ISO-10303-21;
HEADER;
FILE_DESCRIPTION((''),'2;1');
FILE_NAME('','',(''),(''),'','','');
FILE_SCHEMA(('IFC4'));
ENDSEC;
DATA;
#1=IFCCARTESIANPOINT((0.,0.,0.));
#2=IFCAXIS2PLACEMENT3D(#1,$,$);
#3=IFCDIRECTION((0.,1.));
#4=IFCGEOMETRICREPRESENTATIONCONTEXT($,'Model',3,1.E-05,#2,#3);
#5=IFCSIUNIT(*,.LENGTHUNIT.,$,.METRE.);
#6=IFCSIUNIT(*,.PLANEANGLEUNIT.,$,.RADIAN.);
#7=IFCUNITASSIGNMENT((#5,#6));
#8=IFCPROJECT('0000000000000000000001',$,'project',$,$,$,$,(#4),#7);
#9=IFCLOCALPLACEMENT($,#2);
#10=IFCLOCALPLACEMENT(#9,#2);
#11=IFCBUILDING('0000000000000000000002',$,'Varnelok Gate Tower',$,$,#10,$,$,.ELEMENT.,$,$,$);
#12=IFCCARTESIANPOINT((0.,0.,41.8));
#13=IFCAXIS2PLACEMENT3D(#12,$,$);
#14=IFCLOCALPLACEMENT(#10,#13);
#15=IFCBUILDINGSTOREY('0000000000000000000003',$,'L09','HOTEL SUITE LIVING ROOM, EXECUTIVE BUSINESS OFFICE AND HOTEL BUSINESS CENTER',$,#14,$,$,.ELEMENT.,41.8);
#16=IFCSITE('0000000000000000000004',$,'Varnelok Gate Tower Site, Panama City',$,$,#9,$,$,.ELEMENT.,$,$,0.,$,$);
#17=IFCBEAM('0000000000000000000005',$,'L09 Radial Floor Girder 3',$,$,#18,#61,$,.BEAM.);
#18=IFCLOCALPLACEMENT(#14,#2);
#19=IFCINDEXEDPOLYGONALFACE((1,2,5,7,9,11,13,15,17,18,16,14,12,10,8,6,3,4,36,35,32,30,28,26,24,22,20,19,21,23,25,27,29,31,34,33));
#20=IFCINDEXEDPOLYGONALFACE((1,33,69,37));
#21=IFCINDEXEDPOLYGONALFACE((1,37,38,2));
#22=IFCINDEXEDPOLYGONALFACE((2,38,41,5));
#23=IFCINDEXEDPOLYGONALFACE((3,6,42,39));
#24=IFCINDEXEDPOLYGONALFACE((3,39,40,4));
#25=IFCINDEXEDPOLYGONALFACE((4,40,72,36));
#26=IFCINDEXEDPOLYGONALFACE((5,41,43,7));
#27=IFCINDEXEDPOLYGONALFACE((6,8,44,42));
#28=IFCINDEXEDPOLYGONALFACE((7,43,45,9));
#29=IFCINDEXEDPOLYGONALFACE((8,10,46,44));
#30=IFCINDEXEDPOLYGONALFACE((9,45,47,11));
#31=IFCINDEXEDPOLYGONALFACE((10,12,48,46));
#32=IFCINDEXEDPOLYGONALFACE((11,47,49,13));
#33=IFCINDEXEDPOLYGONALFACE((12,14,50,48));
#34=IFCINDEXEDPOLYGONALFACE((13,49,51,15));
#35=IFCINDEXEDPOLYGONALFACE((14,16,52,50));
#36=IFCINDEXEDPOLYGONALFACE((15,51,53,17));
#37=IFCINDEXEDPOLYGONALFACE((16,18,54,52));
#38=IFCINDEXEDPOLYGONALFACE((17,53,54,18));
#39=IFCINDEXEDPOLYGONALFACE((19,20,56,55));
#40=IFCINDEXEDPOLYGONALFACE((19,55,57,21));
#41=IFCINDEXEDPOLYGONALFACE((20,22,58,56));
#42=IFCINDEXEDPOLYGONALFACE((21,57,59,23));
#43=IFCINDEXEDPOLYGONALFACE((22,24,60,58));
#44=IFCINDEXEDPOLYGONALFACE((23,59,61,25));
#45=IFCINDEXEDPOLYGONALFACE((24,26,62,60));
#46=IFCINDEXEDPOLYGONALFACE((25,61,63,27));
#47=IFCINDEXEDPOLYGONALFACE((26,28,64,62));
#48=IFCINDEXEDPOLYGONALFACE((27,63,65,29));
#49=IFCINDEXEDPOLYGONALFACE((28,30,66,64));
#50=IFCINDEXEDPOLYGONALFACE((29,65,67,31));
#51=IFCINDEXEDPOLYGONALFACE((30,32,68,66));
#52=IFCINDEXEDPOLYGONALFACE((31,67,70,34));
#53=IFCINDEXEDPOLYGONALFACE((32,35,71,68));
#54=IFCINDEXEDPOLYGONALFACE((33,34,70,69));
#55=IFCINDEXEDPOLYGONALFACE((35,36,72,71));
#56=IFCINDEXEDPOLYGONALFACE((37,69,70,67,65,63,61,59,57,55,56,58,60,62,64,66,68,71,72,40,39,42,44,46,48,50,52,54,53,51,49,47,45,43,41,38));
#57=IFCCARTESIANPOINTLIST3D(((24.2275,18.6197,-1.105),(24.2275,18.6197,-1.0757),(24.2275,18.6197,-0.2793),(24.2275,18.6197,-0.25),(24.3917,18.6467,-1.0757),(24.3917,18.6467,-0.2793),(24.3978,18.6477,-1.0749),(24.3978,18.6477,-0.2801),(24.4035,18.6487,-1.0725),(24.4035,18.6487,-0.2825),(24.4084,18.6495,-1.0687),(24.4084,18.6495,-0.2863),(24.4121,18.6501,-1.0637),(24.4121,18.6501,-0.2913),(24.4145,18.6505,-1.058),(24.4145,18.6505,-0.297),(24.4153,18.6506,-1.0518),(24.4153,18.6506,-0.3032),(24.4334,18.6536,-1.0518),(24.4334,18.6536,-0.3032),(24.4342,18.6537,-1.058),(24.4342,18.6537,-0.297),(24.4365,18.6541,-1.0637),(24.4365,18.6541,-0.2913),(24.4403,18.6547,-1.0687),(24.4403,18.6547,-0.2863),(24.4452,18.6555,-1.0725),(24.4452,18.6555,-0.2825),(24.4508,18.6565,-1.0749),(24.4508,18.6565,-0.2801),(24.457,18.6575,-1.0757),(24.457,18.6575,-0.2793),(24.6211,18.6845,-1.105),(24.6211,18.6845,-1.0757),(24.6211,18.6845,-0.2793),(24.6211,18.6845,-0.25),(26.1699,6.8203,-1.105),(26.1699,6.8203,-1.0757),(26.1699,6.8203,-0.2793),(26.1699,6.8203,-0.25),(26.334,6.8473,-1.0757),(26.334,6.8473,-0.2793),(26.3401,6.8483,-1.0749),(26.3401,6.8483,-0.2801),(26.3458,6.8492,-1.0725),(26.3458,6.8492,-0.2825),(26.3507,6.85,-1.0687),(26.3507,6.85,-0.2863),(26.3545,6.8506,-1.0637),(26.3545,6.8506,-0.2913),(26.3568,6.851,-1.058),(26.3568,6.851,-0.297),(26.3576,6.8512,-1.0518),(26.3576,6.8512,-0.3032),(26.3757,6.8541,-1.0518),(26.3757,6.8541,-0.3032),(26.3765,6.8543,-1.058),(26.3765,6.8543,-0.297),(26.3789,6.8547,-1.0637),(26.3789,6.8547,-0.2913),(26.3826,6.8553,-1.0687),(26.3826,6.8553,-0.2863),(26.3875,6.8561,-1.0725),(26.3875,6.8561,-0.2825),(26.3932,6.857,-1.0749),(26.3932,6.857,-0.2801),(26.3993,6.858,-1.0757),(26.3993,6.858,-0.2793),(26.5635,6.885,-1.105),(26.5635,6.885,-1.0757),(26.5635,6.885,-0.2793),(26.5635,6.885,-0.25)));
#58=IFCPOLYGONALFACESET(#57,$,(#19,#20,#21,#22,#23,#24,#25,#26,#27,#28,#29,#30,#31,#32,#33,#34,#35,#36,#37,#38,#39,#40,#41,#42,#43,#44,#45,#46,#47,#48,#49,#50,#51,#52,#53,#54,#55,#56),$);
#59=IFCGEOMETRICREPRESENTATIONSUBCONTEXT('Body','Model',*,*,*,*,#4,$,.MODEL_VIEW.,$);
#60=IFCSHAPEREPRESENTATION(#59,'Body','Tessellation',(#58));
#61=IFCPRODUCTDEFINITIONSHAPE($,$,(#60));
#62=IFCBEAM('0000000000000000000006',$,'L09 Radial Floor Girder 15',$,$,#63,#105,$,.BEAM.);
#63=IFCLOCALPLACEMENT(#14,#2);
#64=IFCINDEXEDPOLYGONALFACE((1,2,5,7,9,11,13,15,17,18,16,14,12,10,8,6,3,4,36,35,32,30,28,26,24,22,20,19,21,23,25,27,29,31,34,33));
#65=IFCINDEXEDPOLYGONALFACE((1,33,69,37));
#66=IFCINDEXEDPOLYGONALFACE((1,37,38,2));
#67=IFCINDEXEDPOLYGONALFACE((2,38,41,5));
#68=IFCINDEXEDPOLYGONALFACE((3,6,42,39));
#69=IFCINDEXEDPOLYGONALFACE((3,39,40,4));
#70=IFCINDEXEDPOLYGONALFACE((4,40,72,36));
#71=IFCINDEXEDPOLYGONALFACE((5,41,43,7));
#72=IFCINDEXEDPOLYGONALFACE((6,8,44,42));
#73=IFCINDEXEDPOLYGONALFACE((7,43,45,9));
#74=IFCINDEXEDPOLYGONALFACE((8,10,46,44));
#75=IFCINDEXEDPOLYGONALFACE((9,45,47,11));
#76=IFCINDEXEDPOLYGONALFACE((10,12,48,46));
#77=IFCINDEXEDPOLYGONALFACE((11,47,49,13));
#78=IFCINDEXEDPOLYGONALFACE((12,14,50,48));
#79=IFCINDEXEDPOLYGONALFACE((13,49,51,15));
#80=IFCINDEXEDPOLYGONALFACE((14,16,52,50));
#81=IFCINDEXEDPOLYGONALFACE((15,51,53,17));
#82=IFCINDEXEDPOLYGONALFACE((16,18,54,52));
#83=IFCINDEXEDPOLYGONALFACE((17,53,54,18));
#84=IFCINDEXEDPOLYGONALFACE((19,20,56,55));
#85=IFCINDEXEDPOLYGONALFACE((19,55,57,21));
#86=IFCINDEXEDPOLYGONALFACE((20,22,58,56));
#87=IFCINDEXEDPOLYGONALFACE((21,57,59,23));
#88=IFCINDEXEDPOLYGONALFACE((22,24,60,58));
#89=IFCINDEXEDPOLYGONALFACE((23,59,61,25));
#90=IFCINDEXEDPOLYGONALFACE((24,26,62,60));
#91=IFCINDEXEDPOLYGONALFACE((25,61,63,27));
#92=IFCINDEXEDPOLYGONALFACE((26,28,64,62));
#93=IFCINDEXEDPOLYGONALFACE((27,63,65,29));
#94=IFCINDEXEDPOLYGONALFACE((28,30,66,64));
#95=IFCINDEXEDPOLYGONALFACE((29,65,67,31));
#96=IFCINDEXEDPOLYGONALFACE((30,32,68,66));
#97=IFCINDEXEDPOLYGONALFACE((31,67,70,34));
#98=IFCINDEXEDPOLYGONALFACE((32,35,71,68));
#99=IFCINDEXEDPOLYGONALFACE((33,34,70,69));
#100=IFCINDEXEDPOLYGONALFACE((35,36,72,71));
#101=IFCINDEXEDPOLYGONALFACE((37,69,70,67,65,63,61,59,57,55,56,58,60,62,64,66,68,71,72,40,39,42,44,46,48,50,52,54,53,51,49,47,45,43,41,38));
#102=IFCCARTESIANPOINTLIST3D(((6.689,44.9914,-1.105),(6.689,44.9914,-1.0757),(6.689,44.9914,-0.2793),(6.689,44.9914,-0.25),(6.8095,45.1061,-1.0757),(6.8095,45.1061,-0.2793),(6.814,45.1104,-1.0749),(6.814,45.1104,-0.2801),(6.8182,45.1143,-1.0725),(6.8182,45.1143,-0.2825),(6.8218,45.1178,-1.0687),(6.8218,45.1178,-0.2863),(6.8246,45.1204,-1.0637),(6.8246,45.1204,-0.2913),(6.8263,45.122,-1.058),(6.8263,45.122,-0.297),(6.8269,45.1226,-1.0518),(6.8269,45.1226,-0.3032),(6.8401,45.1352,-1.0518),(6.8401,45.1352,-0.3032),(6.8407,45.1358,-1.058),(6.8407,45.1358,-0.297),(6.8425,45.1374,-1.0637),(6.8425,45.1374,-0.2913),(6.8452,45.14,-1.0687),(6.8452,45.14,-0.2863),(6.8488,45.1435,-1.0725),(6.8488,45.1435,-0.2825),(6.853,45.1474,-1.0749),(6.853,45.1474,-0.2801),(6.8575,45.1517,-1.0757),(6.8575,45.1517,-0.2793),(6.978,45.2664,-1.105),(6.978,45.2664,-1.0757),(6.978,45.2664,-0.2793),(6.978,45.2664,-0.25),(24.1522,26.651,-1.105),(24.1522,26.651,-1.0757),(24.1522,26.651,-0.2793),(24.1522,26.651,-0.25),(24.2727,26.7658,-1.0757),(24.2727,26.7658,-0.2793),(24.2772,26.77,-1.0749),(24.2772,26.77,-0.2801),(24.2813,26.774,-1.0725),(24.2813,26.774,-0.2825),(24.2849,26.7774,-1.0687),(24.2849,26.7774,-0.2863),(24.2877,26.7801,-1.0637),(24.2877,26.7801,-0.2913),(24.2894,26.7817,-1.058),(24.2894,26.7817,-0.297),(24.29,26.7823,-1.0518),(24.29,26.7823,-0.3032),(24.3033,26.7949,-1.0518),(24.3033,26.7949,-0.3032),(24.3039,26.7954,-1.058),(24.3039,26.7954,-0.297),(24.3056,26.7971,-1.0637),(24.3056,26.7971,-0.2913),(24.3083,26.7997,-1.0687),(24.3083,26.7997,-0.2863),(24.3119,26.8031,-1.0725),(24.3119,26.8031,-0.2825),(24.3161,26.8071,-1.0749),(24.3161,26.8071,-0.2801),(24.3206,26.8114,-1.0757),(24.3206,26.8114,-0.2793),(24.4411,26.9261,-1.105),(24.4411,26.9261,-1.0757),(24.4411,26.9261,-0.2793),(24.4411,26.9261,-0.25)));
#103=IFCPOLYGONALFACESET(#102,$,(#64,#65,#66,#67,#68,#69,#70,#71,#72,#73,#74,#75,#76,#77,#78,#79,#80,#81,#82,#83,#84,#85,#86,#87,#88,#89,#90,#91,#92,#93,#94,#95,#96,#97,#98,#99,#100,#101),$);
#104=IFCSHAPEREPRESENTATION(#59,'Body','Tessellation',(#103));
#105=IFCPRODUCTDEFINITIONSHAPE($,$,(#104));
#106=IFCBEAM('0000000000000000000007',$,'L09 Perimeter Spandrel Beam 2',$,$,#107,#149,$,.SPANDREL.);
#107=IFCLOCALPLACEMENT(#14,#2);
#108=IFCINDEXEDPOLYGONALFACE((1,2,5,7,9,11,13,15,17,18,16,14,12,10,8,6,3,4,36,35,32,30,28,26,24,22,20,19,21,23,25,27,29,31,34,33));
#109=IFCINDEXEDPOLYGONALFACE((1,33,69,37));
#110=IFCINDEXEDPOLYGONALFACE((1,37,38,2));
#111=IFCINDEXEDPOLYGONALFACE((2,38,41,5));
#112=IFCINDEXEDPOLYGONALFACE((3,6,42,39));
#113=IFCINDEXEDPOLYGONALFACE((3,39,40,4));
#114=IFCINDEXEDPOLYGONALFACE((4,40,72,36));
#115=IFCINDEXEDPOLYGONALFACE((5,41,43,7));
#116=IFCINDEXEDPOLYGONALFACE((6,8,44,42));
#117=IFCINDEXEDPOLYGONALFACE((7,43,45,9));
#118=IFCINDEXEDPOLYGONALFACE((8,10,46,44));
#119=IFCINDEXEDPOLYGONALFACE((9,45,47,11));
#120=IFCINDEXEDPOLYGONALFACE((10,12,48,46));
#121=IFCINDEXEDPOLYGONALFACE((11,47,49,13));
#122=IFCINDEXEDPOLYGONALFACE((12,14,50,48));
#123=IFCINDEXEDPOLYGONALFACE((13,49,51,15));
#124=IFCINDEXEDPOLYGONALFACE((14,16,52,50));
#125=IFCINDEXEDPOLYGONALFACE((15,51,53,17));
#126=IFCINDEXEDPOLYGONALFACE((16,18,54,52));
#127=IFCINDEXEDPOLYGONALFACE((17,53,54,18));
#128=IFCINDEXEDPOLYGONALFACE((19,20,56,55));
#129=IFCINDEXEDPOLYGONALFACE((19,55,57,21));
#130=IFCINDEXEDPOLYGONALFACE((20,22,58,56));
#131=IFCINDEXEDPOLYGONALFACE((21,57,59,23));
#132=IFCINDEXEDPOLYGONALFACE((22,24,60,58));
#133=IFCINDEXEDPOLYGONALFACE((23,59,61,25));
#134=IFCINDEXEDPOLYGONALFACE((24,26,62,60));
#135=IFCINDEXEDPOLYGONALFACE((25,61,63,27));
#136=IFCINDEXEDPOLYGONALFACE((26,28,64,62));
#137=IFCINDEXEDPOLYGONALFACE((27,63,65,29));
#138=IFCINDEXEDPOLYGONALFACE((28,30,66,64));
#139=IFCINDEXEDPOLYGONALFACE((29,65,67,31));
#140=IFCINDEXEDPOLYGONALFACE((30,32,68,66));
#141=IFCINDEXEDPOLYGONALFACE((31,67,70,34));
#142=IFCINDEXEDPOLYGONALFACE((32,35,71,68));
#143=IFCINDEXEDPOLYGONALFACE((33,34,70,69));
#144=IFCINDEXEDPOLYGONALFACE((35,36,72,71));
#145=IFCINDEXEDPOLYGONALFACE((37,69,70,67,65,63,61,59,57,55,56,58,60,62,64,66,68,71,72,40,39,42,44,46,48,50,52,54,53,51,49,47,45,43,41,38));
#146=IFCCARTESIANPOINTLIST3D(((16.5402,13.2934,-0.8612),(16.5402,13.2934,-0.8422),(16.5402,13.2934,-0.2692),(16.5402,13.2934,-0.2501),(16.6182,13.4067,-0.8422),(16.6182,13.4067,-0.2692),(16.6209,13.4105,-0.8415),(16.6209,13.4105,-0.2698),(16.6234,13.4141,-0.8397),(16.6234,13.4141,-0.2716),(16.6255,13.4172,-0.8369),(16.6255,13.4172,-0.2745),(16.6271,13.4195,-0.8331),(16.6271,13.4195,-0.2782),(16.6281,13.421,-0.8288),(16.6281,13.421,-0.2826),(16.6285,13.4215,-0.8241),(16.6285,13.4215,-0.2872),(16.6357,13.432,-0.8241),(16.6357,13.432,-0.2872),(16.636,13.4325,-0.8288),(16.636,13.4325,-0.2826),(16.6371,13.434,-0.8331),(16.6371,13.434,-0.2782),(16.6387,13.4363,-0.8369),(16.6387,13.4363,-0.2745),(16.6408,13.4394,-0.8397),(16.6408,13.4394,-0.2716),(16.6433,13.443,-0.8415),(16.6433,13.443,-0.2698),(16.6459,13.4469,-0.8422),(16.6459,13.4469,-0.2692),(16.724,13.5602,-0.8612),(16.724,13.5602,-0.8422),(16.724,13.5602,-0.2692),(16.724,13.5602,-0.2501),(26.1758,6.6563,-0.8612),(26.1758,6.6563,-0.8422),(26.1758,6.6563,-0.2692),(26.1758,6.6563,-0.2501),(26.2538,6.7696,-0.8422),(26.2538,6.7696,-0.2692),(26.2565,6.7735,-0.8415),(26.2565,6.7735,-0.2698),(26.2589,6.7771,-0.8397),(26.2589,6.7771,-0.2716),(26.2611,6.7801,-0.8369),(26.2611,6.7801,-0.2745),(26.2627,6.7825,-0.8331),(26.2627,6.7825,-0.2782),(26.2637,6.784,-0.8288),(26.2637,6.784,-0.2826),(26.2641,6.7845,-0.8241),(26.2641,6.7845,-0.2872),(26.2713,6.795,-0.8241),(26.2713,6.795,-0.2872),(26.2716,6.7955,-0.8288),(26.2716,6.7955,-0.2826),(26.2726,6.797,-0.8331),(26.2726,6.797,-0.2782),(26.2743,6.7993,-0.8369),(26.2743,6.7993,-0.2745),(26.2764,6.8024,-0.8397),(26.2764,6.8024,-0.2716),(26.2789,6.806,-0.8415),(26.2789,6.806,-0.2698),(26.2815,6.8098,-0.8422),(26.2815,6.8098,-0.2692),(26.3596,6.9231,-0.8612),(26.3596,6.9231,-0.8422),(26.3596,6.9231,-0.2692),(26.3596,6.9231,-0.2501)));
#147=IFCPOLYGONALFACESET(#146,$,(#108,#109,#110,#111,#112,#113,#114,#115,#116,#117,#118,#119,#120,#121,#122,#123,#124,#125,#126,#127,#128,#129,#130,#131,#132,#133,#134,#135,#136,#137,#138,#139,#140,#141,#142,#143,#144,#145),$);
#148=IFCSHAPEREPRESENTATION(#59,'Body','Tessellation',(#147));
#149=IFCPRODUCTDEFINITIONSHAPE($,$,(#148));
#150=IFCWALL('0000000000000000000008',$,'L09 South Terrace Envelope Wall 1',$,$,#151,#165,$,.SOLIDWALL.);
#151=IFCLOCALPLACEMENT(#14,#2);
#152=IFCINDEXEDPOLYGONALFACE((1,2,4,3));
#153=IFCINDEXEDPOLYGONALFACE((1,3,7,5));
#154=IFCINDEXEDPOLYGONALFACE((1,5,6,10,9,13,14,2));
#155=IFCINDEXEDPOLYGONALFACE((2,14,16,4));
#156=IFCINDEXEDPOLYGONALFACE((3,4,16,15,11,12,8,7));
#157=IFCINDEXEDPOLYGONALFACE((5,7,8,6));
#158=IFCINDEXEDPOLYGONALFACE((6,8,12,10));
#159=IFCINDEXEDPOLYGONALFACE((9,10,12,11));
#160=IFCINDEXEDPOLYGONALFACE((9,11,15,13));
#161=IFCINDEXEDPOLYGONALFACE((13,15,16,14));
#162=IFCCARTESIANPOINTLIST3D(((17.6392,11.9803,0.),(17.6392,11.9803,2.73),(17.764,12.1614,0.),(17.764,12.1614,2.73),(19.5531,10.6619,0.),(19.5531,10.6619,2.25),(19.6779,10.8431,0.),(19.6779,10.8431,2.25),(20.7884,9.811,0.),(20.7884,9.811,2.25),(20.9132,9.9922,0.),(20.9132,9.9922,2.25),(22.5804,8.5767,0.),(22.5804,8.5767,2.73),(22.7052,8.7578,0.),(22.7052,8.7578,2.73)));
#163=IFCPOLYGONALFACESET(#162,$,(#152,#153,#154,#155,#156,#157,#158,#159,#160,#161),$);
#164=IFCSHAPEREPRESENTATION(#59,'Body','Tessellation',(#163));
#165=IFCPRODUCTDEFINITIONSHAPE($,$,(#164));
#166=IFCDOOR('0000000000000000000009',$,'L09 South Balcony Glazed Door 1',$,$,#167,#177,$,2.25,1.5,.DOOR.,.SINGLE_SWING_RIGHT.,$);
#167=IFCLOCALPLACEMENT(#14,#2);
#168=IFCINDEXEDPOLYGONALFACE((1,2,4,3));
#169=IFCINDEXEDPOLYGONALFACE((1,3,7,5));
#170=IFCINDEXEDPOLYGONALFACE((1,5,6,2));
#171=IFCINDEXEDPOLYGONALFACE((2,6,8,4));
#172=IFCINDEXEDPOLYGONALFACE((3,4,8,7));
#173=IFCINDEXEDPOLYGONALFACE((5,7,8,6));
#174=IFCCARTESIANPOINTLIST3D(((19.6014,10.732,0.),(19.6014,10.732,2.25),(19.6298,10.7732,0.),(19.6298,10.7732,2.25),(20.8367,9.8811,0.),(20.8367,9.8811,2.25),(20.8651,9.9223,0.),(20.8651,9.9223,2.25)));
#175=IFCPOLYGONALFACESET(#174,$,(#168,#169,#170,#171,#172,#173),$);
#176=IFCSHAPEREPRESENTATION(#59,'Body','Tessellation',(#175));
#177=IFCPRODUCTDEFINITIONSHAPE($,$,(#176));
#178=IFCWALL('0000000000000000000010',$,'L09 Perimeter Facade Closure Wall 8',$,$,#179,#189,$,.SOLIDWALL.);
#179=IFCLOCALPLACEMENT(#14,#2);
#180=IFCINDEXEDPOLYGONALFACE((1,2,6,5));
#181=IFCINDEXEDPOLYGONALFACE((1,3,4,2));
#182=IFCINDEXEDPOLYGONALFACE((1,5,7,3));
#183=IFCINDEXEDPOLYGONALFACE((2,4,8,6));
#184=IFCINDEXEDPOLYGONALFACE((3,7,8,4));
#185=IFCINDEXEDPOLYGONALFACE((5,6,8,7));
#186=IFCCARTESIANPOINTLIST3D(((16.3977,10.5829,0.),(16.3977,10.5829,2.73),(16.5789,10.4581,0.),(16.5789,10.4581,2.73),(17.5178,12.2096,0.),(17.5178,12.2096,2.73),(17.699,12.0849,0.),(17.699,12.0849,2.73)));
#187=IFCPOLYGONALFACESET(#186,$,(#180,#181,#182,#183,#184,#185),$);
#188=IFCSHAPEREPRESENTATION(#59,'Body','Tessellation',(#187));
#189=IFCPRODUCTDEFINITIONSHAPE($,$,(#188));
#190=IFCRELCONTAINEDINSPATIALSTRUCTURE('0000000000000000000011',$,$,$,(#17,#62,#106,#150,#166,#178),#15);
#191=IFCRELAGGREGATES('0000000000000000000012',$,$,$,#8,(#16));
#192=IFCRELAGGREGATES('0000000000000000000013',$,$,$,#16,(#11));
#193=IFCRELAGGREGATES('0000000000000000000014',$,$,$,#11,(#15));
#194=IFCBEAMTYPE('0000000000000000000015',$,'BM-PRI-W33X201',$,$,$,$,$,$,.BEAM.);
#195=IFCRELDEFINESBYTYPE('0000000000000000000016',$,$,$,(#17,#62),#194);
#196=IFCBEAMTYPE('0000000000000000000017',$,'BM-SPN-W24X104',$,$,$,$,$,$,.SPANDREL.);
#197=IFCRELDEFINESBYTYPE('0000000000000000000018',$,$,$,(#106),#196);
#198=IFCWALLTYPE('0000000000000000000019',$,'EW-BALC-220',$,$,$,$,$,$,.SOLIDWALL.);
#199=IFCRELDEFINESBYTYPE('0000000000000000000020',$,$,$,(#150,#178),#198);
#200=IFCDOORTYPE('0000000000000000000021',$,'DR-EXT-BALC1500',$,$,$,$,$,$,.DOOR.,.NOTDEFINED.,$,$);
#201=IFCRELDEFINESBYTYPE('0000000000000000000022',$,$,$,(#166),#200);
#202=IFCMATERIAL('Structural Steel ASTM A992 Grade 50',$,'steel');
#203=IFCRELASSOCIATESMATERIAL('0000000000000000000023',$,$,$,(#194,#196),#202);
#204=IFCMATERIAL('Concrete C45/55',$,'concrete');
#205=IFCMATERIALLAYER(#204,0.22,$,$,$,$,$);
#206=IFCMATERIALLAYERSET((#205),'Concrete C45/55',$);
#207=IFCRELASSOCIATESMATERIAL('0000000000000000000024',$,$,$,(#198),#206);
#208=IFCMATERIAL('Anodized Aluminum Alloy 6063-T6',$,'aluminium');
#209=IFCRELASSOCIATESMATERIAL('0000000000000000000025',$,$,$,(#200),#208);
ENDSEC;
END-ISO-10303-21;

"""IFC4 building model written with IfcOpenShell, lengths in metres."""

from ifc_helpers import new_model, si_unit, direction, frame, frame_2d, origin, origin_2d, place, context, subcontext, project, spatial, rectangle, i_section, extrude, material, layer, layer_set, material_profile, profile_set, type_object, element, fill, save


model = new_model("IFC4")

# Units and contexts
model_context = context("Model", 3, precision=1e-05, world=origin(), true_north=direction((0.0, 1.0)))
body_context = subcontext(model_context, "Body", "Model", "MODEL_VIEW")
ifc_project = project(units=[si_unit("LENGTHUNIT", "METRE"), si_unit("PLANEANGLEUNIT", "RADIAN")], contexts=[model_context])

# Site, building, storey
site_placement = place(None, origin())
site = spatial("IfcSite", under=ifc_project, at=site_placement, Name="Varnelok Gate Tower Site, Panama City", CompositionType="ELEMENT", RefElevation=0.0)
building_placement = place(site_placement, origin())
building = spatial("IfcBuilding", under=site, at=building_placement, Name="Varnelok Gate Tower", CompositionType="ELEMENT")
storey_placement = place(building_placement, frame((0.0, 0.0, 41.8)))
storey = spatial("IfcBuildingStorey", under=building, at=storey_placement, Name="L09", Description="HOTEL SUITE LIVING ROOM, EXECUTIVE BUSINESS OFFICE AND HOTEL BUSINESS CENTER", CompositionType="ELEMENT", Elevation=41.8)

# Shared definitions
ifc_material_1 = material(Name="Structural Steel ASTM A992 Grade 50", Category="steel")

# Beams
ifc_material_profile_1 = material_profile(ifc_material_1, i_section(OverallWidth=0.3989, OverallDepth=0.855, WebThickness=0.0183, FlangeThickness=0.0293, FilletRadius=0.0239, at=origin_2d()), Name="W33X201")
ifc_profile_set_1 = profile_set([ifc_material_profile_1], Name="Structural Steel ASTM A992 Grade 50")
beam_type_1 = type_object("IfcBeamType", Name="BM-PRI-W33X201", PredefinedType="BEAM", material=ifc_profile_set_1)
beam_1_placement = place(storey_placement, frame((24.4243, 18.6521, -0.6775), z_axis=(0.162429, -0.98672, 0.0), x_axis=(0.98672, 0.162429, 0.0)))
element("IfcBeam", 1, at=beam_1_placement, inside=storey, type_object=beam_type_1, Name="L09 Radial Floor Girder 3", PredefinedType="BEAM", context=body_context, shape_type="SweptSolid", body=[
    extrude(i_section(OverallWidth=0.3989, OverallDepth=0.855, WebThickness=0.0183, FlangeThickness=0.0293, FilletRadius=0.0239, at=origin_2d()), origin(), (0.0, 0.0, 1.0), 11.9583),
])
beam_2_placement = place(storey_placement, frame((24.2966, 26.7886, -0.6775), z_axis=(-0.689575, 0.724214, 0.0), x_axis=(-0.724214, -0.689575, 0.0)))
element("IfcBeam", 2, at=beam_2_placement, inside=storey, type_object=beam_type_1, Name="L09 Radial Floor Girder 15", PredefinedType="BEAM", context=body_context, shape_type="SweptSolid", body=[
    extrude(i_section(OverallWidth=0.3989, OverallDepth=0.855, WebThickness=0.0183, FlangeThickness=0.0293, FilletRadius=0.0239, at=origin_2d()), origin(), (0.0, 0.0, 1.0), 25.3245),
])
ifc_material_profile_2 = material_profile(ifc_material_1, i_section(OverallWidth=0.324, OverallDepth=0.6111, WebThickness=0.0127, FlangeThickness=0.019, FilletRadius=0.0181, at=origin_2d()), Name="W24X104")
ifc_profile_set_2 = profile_set([ifc_material_profile_2], Name="Structural Steel ASTM A992 Grade 50")
beam_type_2 = type_object("IfcBeamType", Name="BM-SPN-W24X104", PredefinedType="SPANDREL", material=ifc_profile_set_2)
beam_3_placement = place(storey_placement, frame((16.6321, 13.4268, -0.5557), z_axis=(0.823541, -0.567257, 0.0), x_axis=(0.567257, 0.823541, 0.0)))
element("IfcBeam", 3, at=beam_3_placement, inside=storey, type_object=beam_type_2, Name="L09 Perimeter Spandrel Beam 2", PredefinedType="SPANDREL", context=body_context, shape_type="SweptSolid", body=[
    extrude(i_section(OverallWidth=0.324, OverallDepth=0.6111, WebThickness=0.0127, FlangeThickness=0.019, FilletRadius=0.0181, at=origin_2d()), origin(), (0.0, 0.0, 1.0), 11.7002),
])

# Wall, opening, door
ifc_material_2 = material(Name="Concrete C45/55", Category="concrete")
ifc_layer_1 = layer(ifc_material_2, 0.22)
ifc_layer_set_1 = layer_set([ifc_layer_1], Name="Concrete C45/55")
wall_type_1 = type_object("IfcWallType", Name="EW-BALC-220", PredefinedType="SOLIDWALL", material=ifc_layer_set_1)
wall_1_placement = place(storey_placement, frame((22.6428, 8.6672, 0.0), z_axis=(0.0, 0.0, 1.0), x_axis=(-0.823535, 0.567266, 0.0)))
wall_1 = element("IfcWall", 4, at=wall_1_placement, inside=storey, type_object=wall_type_1, Name="L09 South Terrace Envelope Wall 1", PredefinedType="SOLIDWALL", context=body_context, shape_type="SweptSolid", body=[
    extrude(rectangle(XDim=6.0, YDim=0.22, at=frame_2d((3.0, 0.0))), origin(), (0.0, 0.0, 1.0), 2.73),
])
opening_1_placement = place(wall_1_placement, frame((2.176, 0.0, 0.0)))
opening_1 = element("IfcOpeningElement", 5, at=opening_1_placement, cuts=wall_1, PredefinedType="OPENING", context=body_context, shape_type="SweptSolid", body=[
    extrude(rectangle(XDim=1.5, YDim=2.25, at=frame_2d((0.75, 1.125))), frame((0.0, 0.1199, 0.0), z_axis=(0.0, -1.0, 0.0), x_axis=(1.0, 0.0, 0.0)), (0.0, 0.0, 1.0), 0.24),
])
ifc_material_3 = material(Name="Anodized Aluminum Alloy 6063-T6", Category="aluminium")
door_type_1 = type_object("IfcDoorType", Name="DR-EXT-BALC1500", OperationType="NOTDEFINED", PredefinedType="DOOR", material=ifc_material_3)
door_1_placement = place(opening_1_placement, origin())
door_1 = element("IfcDoor", 6, at=door_1_placement, inside=storey, type_object=door_type_1, Name="L09 South Balcony Glazed Door 1", OperationType="SINGLE_SWING_RIGHT", OverallHeight=2.25, OverallWidth=1.5, PredefinedType="DOOR", context=body_context, shape_type="SweptSolid", body=[
    extrude(rectangle(XDim=1.5, YDim=2.25, at=frame_2d((0.75, 1.125))), frame((0.0, 0.0249, 0.0), z_axis=(0.0, -1.0, 0.0), x_axis=(1.0, 0.0, 0.0)), (0.0, 0.0, 1.0), 0.05),
])
fill(opening_1, door_1)

# Wall
wall_2_placement = place(storey_placement, frame((16.4883, 10.5205, 0.0), z_axis=(0.0, 0.0, 1.0), x_axis=(0.567132, 0.823627, 0.0)))
element("IfcWall", 7, at=wall_2_placement, inside=storey, type_object=wall_type_1, Name="L09 Perimeter Facade Closure Wall 8", PredefinedType="SOLIDWALL", context=body_context, shape_type="SweptSolid", body=[
    extrude(rectangle(XDim=1.9751, YDim=0.22, at=frame_2d((0.9875, 0.0))), origin(), (0.0, 0.0, 1.0), 2.73),
])

save(model, "model.ifc")
